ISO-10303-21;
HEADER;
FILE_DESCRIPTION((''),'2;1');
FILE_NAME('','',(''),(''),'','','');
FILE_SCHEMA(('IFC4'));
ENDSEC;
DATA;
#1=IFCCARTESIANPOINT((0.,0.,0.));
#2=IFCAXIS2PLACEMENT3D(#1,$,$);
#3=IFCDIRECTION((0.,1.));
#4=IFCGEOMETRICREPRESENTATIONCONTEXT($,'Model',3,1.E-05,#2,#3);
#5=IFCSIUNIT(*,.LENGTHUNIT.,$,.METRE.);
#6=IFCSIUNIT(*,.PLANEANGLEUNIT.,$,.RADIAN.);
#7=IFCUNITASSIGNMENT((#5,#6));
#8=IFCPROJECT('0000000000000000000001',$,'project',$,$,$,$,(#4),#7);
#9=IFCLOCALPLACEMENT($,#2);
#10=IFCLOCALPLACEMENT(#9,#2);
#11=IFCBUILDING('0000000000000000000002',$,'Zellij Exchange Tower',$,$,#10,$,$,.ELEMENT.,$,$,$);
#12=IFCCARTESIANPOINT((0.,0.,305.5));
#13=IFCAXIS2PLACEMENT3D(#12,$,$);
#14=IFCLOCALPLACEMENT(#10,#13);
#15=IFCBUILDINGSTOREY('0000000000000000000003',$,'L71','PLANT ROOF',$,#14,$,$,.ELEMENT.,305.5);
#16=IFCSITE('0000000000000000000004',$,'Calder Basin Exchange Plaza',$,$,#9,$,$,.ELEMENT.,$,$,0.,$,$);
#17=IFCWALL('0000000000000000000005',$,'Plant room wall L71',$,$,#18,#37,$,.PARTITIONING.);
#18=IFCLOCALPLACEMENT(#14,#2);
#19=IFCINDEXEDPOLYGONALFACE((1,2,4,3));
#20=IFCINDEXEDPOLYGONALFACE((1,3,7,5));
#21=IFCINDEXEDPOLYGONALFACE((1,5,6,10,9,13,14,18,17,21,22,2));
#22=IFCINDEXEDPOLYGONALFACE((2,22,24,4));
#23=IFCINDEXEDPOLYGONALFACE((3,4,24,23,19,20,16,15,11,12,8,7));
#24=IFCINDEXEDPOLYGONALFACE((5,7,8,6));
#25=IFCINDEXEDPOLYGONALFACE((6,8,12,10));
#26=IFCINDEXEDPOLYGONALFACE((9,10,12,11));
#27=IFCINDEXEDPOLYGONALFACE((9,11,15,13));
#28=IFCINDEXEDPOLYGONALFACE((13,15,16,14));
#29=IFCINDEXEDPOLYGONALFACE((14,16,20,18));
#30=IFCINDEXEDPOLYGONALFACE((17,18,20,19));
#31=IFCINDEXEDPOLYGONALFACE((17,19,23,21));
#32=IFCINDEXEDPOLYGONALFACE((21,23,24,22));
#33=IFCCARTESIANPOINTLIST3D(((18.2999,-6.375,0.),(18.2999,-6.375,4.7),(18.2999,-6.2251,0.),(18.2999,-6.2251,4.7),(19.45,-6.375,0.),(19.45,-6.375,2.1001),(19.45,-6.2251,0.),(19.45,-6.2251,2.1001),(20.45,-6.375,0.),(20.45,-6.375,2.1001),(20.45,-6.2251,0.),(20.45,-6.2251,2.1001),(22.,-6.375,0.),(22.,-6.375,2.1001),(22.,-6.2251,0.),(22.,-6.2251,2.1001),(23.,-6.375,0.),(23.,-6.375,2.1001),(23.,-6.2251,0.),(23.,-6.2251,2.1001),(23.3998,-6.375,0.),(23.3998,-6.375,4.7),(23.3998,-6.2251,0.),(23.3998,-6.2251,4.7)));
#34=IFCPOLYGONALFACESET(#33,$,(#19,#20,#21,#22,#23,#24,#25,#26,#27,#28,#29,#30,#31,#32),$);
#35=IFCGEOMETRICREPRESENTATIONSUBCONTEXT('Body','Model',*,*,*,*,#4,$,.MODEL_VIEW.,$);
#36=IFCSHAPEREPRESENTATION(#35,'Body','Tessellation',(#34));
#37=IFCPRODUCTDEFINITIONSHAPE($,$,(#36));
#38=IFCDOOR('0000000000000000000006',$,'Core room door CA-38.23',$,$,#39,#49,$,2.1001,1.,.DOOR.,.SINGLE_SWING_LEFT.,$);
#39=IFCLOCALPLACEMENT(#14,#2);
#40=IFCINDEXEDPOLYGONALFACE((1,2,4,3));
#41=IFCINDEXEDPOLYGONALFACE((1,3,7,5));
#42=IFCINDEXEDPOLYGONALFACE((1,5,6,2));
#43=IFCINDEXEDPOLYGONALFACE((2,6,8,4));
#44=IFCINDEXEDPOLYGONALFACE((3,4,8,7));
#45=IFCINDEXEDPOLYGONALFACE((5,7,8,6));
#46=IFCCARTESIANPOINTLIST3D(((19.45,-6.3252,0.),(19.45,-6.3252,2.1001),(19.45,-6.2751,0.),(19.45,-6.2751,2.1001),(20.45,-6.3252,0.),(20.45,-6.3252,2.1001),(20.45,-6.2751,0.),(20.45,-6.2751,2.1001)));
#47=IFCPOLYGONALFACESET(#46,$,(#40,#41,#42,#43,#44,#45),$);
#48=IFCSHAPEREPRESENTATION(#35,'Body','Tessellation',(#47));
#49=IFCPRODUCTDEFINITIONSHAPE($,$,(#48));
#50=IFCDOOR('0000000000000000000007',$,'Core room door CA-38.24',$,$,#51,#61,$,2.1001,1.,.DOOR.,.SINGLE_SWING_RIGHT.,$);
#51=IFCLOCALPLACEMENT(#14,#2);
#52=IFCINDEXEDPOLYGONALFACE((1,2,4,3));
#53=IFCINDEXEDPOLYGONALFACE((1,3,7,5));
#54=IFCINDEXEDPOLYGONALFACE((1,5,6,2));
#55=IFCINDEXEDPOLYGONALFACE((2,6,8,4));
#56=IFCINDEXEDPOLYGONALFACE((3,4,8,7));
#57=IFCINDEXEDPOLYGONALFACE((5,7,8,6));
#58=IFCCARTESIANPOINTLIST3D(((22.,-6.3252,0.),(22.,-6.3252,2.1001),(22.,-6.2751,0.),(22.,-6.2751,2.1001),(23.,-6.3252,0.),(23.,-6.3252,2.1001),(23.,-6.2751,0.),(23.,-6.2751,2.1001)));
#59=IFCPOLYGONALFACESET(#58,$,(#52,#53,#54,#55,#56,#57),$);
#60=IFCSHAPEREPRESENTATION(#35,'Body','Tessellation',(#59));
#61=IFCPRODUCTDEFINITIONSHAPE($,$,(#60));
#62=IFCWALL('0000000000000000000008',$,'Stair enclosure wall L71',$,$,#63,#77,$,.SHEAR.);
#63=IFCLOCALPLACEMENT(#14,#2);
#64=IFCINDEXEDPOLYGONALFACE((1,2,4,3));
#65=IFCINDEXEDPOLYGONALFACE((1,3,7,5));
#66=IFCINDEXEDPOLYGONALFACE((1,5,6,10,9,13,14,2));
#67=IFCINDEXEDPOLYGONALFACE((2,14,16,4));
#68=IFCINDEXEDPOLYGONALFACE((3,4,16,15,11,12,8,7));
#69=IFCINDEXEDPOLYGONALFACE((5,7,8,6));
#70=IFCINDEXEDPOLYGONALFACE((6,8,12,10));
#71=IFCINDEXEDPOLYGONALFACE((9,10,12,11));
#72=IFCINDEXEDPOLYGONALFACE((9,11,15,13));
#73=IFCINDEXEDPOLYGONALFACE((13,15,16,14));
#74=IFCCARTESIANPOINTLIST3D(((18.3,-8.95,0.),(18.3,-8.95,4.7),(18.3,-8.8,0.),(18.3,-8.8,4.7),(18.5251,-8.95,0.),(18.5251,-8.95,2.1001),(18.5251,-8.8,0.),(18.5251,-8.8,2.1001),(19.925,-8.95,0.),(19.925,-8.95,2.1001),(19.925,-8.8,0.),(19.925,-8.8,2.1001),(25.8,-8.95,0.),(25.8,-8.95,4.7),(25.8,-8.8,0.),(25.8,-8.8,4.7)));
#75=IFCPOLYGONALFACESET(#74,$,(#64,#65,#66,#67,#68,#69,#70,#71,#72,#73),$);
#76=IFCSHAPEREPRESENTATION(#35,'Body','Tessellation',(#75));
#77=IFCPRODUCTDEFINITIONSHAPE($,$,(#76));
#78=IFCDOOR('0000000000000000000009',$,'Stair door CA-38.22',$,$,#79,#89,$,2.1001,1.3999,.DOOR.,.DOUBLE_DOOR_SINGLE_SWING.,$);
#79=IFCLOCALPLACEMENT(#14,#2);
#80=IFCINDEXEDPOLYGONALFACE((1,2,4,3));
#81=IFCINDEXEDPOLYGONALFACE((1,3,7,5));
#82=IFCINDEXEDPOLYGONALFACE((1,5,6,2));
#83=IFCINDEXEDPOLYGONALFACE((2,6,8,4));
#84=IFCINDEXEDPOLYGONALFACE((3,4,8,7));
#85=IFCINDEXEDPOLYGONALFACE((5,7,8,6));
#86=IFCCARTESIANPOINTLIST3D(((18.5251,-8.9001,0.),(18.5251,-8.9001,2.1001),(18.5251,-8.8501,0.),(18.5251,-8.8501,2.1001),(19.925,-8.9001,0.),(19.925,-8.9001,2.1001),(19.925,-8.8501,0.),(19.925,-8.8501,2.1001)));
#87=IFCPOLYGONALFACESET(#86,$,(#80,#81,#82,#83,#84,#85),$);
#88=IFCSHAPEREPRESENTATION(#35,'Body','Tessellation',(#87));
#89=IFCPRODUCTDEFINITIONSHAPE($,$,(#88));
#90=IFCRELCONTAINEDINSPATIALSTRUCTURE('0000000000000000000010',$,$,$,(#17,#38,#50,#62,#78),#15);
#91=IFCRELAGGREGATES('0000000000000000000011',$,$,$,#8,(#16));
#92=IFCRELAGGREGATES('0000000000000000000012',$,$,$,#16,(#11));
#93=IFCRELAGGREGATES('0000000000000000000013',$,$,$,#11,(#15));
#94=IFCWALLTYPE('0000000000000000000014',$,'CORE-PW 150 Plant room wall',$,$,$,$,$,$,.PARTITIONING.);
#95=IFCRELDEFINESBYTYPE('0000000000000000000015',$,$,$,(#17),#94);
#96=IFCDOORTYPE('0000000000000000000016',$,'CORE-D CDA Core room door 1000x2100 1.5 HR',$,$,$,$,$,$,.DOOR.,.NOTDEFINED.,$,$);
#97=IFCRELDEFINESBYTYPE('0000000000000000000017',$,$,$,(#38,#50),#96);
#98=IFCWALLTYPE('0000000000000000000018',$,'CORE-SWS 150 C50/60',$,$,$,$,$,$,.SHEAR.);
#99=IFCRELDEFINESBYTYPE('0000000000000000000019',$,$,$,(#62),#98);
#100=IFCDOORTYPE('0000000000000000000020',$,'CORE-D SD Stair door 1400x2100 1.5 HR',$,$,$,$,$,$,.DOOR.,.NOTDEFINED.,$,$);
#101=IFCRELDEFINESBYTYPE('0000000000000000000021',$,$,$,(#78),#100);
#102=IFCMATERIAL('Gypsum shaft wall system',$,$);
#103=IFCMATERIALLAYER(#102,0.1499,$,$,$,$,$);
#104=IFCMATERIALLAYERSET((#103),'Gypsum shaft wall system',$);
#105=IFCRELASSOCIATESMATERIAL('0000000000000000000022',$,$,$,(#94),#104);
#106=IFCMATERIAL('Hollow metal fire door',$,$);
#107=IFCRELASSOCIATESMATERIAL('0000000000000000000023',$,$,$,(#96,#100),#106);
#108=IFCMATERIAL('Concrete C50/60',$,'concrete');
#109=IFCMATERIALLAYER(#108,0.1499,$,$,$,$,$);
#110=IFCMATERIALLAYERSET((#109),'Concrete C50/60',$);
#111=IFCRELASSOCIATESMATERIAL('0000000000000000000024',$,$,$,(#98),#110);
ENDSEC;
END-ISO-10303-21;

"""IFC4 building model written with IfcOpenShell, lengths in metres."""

from ifc_helpers import new_model, si_unit, direction, frame, frame_2d, origin, place, context, subcontext, project, spatial, rectangle, extrude, material, layer, layer_set, type_object, element, fill, save


model = new_model("IFC4")

# Units and contexts
model_context = context("Model", 3, precision=1e-05, world=origin(), true_north=direction((0.0, 1.0)))
body_context = subcontext(model_context, "Body", "Model", "MODEL_VIEW")
ifc_project = project(units=[si_unit("LENGTHUNIT", "METRE"), si_unit("PLANEANGLEUNIT", "RADIAN")], contexts=[model_context])

# Site, building, storey
site_placement = place(None, origin())
site = spatial("IfcSite", under=ifc_project, at=site_placement, Name="Calder Basin Exchange Plaza", CompositionType="ELEMENT", RefElevation=0.0)
building_placement = place(site_placement, origin())
building = spatial("IfcBuilding", under=site, at=building_placement, Name="Zellij Exchange Tower", CompositionType="ELEMENT")
storey_placement = place(building_placement, frame((0.0, 0.0, 305.5)))
storey = spatial("IfcBuildingStorey", under=building, at=storey_placement, Name="L71", Description="PLANT ROOF", CompositionType="ELEMENT", Elevation=305.5)

# Shared definitions
ifc_material_1 = material(Name="Concrete C50/60", Category="concrete")

# Shared definitions
ifc_material_2 = material(Name="Hollow metal fire door")

# Shared definitions
ifc_material_3 = material(Name="Gypsum shaft wall system")
ifc_layer_1 = layer(ifc_material_3, 0.1499)
ifc_layer_set_1 = layer_set([ifc_layer_1], Name="Gypsum shaft wall system")
wall_type_1 = type_object("IfcWallType", Name="CORE-PW 150 Plant room wall", PredefinedType="PARTITIONING", material=ifc_layer_set_1)

# Wall, openings, doors
wall_1_placement = place(storey_placement, frame((18.3, -6.3, 0.0), z_axis=(0.0, 0.0, 1.0), x_axis=(1.0, 0.0, 0.0)))
wall_1 = element("IfcWall", 1, at=wall_1_placement, inside=storey, type_object=wall_type_1, Name="Plant room wall L71", PredefinedType="PARTITIONING", context=body_context, shape_type="SweptSolid", body=[
    extrude(rectangle(XDim=5.0999, YDim=0.1499, at=frame_2d((2.5498, 0.0))), origin(), (0.0, 0.0, 1.0), 4.7),
])
opening_1_placement = place(wall_1_placement, frame((1.1499, 0.0, 0.0)))
opening_1 = element("IfcOpeningElement", 2, at=opening_1_placement, cuts=wall_1, PredefinedType="OPENING", context=body_context, shape_type="SweptSolid", body=[
    extrude(rectangle(XDim=1.0, YDim=2.1001, at=frame_2d((0.5, 1.05))), frame((0.0, 0.0869, 0.0), z_axis=(0.0, -1.0, 0.0), x_axis=(1.0, 0.0, 0.0)), (0.0, 0.0, 1.0), 0.1738),
])
opening_2_placement = place(wall_1_placement, frame((3.7, 0.0, 0.0)))
opening_2 = element("IfcOpeningElement", 3, at=opening_2_placement, cuts=wall_1, PredefinedType="OPENING", context=body_context, shape_type="SweptSolid", body=[
    extrude(rectangle(XDim=1.0, YDim=2.1001, at=frame_2d((0.5, 1.05))), frame((0.0, 0.0869, 0.0), z_axis=(0.0, -1.0, 0.0), x_axis=(1.0, 0.0, 0.0)), (0.0, 0.0, 1.0), 0.1738),
])
door_type_1 = type_object("IfcDoorType", Name="CORE-D CDA Core room door 1000x2100 1.5 HR", OperationType="NOTDEFINED", PredefinedType="DOOR", material=ifc_material_2)
door_1_placement = place(opening_1_placement, origin())
door_1 = element("IfcDoor", 4, at=door_1_placement, inside=storey, type_object=door_type_1, Name="Core room door CA-38.23", OperationType="SINGLE_SWING_LEFT", OverallHeight=2.1001, OverallWidth=1.0, PredefinedType="DOOR", context=body_context, shape_type="SweptSolid", body=[
    extrude(rectangle(XDim=1.0, YDim=2.1001, at=frame_2d((0.5, 1.05))), frame((0.0, 0.0249, 0.0), z_axis=(0.0, -1.0, 0.0), x_axis=(1.0, 0.0, 0.0)), (0.0, 0.0, 1.0), 0.05),
])
fill(opening_1, door_1)
door_2_placement = place(opening_2_placement, origin())
door_2 = element("IfcDoor", 5, at=door_2_placement, inside=storey, type_object=door_type_1, Name="Core room door CA-38.24", OperationType="SINGLE_SWING_RIGHT", OverallHeight=2.1001, OverallWidth=1.0, PredefinedType="DOOR", context=body_context, shape_type="SweptSolid", body=[
    extrude(rectangle(XDim=1.0, YDim=2.1001, at=frame_2d((0.5, 1.05))), frame((0.0, 0.0249, 0.0), z_axis=(0.0, -1.0, 0.0), x_axis=(1.0, 0.0, 0.0)), (0.0, 0.0, 1.0), 0.05),
])
fill(opening_2, door_2)

# Wall, opening, door
ifc_layer_2 = layer(ifc_material_1, 0.1499)
ifc_layer_set_2 = layer_set([ifc_layer_2], Name="Concrete C50/60")
wall_type_2 = type_object("IfcWallType", Name="CORE-SWS 150 C50/60", PredefinedType="SHEAR", material=ifc_layer_set_2)
wall_2_placement = place(storey_placement, frame((18.3, -8.875, 0.0), z_axis=(0.0, 0.0, 1.0), x_axis=(1.0, 0.0, 0.0)))
wall_2 = element("IfcWall", 6, at=wall_2_placement, inside=storey, type_object=wall_type_2, Name="Stair enclosure wall L71", PredefinedType="SHEAR", context=body_context, shape_type="SweptSolid", body=[
    extrude(rectangle(XDim=7.5, YDim=0.1499, at=frame_2d((3.75, 0.0))), origin(), (0.0, 0.0, 1.0), 4.7),
])
opening_3_placement = place(wall_2_placement, frame((0.2251, 0.0, 0.0)))
opening_3 = element("IfcOpeningElement", 7, at=opening_3_placement, cuts=wall_2, PredefinedType="OPENING", context=body_context, shape_type="SweptSolid", body=[
    extrude(rectangle(XDim=1.3999, YDim=2.1001, at=frame_2d((0.7, 1.05))), frame((0.0, 0.0869, 0.0), z_axis=(0.0, -1.0, 0.0), x_axis=(1.0, 0.0, 0.0)), (0.0, 0.0, 1.0), 0.1738),
])
door_type_2 = type_object("IfcDoorType", Name="CORE-D SD Stair door 1400x2100 1.5 HR", OperationType="NOTDEFINED", PredefinedType="DOOR", material=ifc_material_2)
door_3_placement = place(opening_3_placement, origin())
door_3 = element("IfcDoor", 8, at=door_3_placement, inside=storey, type_object=door_type_2, Name="Stair door CA-38.22", OperationType="DOUBLE_DOOR_SINGLE_SWING", OverallHeight=2.1001, OverallWidth=1.3999, PredefinedType="DOOR", context=body_context, shape_type="SweptSolid", body=[
    extrude(rectangle(XDim=1.3999, YDim=2.1001, at=frame_2d((0.7, 1.05))), frame((0.0, 0.0249, 0.0), z_axis=(0.0, -1.0, 0.0), x_axis=(1.0, 0.0, 0.0)), (0.0, 0.0, 1.0), 0.05),
])
fill(opening_3, door_3)

save(model, "model.ifc")
